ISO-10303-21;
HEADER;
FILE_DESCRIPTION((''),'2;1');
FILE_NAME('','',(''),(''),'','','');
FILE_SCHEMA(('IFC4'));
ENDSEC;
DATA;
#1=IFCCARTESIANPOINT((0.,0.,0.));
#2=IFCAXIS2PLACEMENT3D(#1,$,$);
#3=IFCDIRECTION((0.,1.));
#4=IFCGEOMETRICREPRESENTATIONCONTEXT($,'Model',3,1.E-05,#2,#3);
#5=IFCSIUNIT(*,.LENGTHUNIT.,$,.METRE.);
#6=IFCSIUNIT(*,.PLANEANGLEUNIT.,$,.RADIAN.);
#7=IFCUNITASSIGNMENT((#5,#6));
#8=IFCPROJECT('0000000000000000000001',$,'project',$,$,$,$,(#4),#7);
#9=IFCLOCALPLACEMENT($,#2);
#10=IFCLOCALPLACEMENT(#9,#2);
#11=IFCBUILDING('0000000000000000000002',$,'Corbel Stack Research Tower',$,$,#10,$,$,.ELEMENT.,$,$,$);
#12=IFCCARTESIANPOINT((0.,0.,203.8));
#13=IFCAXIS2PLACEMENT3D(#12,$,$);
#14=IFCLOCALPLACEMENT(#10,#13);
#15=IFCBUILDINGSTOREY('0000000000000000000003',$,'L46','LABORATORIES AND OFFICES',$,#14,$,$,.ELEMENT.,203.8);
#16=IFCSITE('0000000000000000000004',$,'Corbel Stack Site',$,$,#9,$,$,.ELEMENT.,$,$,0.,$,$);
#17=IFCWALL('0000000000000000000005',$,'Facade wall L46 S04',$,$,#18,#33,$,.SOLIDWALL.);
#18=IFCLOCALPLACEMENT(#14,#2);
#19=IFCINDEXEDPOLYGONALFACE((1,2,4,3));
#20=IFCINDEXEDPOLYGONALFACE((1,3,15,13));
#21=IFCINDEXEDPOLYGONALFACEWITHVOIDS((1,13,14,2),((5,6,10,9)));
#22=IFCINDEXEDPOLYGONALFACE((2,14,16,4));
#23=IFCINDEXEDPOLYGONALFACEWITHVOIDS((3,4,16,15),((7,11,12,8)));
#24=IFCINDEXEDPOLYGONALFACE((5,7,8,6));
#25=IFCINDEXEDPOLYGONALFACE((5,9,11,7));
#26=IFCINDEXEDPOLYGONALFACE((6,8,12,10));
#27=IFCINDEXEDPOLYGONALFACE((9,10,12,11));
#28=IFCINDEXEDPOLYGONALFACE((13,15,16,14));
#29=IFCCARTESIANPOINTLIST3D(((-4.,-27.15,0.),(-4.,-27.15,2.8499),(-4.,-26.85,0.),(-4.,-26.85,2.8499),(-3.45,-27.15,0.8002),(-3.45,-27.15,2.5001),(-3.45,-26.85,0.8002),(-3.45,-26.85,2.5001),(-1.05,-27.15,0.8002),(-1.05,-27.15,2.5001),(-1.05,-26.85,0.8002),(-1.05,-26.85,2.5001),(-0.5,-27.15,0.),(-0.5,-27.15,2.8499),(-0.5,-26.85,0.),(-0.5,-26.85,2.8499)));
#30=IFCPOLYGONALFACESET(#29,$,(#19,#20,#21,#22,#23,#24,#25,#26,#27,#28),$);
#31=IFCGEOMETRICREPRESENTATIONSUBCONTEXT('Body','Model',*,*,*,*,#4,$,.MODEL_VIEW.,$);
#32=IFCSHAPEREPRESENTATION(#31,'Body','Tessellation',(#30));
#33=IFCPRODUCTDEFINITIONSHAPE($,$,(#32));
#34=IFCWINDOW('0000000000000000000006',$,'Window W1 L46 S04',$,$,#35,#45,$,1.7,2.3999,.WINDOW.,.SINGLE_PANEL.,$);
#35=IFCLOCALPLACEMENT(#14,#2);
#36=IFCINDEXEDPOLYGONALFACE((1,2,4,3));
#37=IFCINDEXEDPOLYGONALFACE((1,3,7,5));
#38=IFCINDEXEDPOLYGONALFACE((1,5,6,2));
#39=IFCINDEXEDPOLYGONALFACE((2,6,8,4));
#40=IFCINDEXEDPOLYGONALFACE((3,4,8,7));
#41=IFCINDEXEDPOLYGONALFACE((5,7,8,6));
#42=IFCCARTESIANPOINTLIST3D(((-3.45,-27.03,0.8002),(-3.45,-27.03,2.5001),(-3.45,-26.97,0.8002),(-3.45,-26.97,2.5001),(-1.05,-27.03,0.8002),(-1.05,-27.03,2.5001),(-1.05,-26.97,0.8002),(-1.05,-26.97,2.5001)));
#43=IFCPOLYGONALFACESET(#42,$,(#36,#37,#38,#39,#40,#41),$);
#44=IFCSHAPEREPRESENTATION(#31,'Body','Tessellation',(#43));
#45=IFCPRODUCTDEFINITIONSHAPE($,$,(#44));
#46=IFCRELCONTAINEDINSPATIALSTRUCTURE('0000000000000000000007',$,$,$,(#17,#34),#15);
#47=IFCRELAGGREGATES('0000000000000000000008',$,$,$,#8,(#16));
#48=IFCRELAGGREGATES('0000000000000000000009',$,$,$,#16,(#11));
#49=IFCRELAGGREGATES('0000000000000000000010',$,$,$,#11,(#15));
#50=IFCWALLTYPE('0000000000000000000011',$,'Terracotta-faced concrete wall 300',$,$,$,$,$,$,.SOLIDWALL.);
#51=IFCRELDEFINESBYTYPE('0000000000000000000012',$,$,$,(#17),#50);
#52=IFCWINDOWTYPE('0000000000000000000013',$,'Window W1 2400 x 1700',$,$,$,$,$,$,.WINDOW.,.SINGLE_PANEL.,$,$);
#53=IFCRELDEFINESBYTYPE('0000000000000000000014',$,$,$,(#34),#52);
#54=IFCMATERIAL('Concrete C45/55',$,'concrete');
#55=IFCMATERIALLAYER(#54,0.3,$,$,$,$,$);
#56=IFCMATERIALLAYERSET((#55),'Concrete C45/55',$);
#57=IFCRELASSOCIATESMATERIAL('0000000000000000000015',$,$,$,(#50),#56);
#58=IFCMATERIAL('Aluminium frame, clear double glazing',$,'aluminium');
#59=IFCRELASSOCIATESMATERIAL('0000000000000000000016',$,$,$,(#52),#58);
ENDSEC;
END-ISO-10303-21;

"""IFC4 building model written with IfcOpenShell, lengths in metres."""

from ifc_helpers import new_model, si_unit, direction, frame, frame_2d, origin, place, context, subcontext, project, spatial, rectangle, extrude, material, layer, layer_set, type_object, element, fill, save


model = new_model("IFC4")

# Units and contexts
model_context = context("Model", 3, precision=1e-05, world=origin(), true_north=direction((0.0, 1.0)))
body_context = subcontext(model_context, "Body", "Model", "MODEL_VIEW")
ifc_project = project(units=[si_unit("LENGTHUNIT", "METRE"), si_unit("PLANEANGLEUNIT", "RADIAN")], contexts=[model_context])

# Site, building, storey
site_placement = place(None, origin())
site = spatial("IfcSite", under=ifc_project, at=site_placement, Name="Corbel Stack Site", CompositionType="ELEMENT", RefElevation=0.0)
building_placement = place(site_placement, origin())
building = spatial("IfcBuilding", under=site, at=building_placement, Name="Corbel Stack Research Tower", CompositionType="ELEMENT")
storey_placement = place(building_placement, frame((0.0, 0.0, 203.8)))
storey = spatial("IfcBuildingStorey", under=building, at=storey_placement, Name="L46", Description="LABORATORIES AND OFFICES", CompositionType="ELEMENT", Elevation=203.8)

# Shared definitions
ifc_material_1 = material(Name="Concrete C45/55", Category="concrete")
ifc_layer = layer(ifc_material_1, 0.3)
ifc_layer_set = layer_set([ifc_layer], Name="Concrete C45/55")
wall_type = type_object("IfcWallType", Name="Terracotta-faced concrete wall 300", PredefinedType="SOLIDWALL", material=ifc_layer_set)
ifc_material_2 = material(Name="Aluminium frame, clear double glazing", Category="aluminium")
window_type = type_object("IfcWindowType", Name="Window W1 2400 x 1700", PartitioningType="SINGLE_PANEL", PredefinedType="WINDOW", material=ifc_material_2)

# Wall, opening, window
wall_1_placement = place(storey_placement, frame((-0.5, -27.0, 0.0), z_axis=(0.0, 0.0, 1.0), x_axis=(-1.0, 0.0, 0.0)))
wall_1 = element("IfcWall", 1, at=wall_1_placement, inside=storey, type_object=wall_type, Name="Facade wall L46 S04", PredefinedType="SOLIDWALL", context=body_context, shape_type="SweptSolid", body=[
    extrude(rectangle(XDim=3.5, YDim=0.3, at=frame_2d((1.75, 0.0))), origin(), (0.0, 0.0, 1.0), 2.8499),
])
opening_1_placement = place(wall_1_placement, frame((0.55, 0.0, 0.8)))
opening_1 = element("IfcOpeningElement", 2, at=opening_1_placement, cuts=wall_1, PredefinedType="OPENING", context=body_context, shape_type="SweptSolid", body=[
    extrude(rectangle(XDim=2.3999, YDim=1.7, at=frame_2d((1.2, 0.8501))), frame((0.0, 0.1599, 0.0), z_axis=(0.0, -1.0, 0.0), x_axis=(1.0, 0.0, 0.0)), (0.0, 0.0, 1.0), 0.3201),
])
window_1_placement = place(opening_1_placement, origin())
window_1 = element("IfcWindow", 3, at=window_1_placement, inside=storey, type_object=window_type, Name="Window W1 L46 S04", OverallHeight=1.7, OverallWidth=2.3999, PartitioningType="SINGLE_PANEL", PredefinedType="WINDOW", context=body_context, shape_type="SweptSolid", body=[
    extrude(rectangle(XDim=2.3999, YDim=1.7, at=frame_2d((1.2, 0.8501))), frame((0.0, 0.03, 0.0), z_axis=(0.0, -1.0, 0.0), x_axis=(1.0, 0.0, 0.0)), (0.0, 0.0, 1.0), 0.0601),
])
fill(opening_1, window_1)

save(model, "model.ifc")
